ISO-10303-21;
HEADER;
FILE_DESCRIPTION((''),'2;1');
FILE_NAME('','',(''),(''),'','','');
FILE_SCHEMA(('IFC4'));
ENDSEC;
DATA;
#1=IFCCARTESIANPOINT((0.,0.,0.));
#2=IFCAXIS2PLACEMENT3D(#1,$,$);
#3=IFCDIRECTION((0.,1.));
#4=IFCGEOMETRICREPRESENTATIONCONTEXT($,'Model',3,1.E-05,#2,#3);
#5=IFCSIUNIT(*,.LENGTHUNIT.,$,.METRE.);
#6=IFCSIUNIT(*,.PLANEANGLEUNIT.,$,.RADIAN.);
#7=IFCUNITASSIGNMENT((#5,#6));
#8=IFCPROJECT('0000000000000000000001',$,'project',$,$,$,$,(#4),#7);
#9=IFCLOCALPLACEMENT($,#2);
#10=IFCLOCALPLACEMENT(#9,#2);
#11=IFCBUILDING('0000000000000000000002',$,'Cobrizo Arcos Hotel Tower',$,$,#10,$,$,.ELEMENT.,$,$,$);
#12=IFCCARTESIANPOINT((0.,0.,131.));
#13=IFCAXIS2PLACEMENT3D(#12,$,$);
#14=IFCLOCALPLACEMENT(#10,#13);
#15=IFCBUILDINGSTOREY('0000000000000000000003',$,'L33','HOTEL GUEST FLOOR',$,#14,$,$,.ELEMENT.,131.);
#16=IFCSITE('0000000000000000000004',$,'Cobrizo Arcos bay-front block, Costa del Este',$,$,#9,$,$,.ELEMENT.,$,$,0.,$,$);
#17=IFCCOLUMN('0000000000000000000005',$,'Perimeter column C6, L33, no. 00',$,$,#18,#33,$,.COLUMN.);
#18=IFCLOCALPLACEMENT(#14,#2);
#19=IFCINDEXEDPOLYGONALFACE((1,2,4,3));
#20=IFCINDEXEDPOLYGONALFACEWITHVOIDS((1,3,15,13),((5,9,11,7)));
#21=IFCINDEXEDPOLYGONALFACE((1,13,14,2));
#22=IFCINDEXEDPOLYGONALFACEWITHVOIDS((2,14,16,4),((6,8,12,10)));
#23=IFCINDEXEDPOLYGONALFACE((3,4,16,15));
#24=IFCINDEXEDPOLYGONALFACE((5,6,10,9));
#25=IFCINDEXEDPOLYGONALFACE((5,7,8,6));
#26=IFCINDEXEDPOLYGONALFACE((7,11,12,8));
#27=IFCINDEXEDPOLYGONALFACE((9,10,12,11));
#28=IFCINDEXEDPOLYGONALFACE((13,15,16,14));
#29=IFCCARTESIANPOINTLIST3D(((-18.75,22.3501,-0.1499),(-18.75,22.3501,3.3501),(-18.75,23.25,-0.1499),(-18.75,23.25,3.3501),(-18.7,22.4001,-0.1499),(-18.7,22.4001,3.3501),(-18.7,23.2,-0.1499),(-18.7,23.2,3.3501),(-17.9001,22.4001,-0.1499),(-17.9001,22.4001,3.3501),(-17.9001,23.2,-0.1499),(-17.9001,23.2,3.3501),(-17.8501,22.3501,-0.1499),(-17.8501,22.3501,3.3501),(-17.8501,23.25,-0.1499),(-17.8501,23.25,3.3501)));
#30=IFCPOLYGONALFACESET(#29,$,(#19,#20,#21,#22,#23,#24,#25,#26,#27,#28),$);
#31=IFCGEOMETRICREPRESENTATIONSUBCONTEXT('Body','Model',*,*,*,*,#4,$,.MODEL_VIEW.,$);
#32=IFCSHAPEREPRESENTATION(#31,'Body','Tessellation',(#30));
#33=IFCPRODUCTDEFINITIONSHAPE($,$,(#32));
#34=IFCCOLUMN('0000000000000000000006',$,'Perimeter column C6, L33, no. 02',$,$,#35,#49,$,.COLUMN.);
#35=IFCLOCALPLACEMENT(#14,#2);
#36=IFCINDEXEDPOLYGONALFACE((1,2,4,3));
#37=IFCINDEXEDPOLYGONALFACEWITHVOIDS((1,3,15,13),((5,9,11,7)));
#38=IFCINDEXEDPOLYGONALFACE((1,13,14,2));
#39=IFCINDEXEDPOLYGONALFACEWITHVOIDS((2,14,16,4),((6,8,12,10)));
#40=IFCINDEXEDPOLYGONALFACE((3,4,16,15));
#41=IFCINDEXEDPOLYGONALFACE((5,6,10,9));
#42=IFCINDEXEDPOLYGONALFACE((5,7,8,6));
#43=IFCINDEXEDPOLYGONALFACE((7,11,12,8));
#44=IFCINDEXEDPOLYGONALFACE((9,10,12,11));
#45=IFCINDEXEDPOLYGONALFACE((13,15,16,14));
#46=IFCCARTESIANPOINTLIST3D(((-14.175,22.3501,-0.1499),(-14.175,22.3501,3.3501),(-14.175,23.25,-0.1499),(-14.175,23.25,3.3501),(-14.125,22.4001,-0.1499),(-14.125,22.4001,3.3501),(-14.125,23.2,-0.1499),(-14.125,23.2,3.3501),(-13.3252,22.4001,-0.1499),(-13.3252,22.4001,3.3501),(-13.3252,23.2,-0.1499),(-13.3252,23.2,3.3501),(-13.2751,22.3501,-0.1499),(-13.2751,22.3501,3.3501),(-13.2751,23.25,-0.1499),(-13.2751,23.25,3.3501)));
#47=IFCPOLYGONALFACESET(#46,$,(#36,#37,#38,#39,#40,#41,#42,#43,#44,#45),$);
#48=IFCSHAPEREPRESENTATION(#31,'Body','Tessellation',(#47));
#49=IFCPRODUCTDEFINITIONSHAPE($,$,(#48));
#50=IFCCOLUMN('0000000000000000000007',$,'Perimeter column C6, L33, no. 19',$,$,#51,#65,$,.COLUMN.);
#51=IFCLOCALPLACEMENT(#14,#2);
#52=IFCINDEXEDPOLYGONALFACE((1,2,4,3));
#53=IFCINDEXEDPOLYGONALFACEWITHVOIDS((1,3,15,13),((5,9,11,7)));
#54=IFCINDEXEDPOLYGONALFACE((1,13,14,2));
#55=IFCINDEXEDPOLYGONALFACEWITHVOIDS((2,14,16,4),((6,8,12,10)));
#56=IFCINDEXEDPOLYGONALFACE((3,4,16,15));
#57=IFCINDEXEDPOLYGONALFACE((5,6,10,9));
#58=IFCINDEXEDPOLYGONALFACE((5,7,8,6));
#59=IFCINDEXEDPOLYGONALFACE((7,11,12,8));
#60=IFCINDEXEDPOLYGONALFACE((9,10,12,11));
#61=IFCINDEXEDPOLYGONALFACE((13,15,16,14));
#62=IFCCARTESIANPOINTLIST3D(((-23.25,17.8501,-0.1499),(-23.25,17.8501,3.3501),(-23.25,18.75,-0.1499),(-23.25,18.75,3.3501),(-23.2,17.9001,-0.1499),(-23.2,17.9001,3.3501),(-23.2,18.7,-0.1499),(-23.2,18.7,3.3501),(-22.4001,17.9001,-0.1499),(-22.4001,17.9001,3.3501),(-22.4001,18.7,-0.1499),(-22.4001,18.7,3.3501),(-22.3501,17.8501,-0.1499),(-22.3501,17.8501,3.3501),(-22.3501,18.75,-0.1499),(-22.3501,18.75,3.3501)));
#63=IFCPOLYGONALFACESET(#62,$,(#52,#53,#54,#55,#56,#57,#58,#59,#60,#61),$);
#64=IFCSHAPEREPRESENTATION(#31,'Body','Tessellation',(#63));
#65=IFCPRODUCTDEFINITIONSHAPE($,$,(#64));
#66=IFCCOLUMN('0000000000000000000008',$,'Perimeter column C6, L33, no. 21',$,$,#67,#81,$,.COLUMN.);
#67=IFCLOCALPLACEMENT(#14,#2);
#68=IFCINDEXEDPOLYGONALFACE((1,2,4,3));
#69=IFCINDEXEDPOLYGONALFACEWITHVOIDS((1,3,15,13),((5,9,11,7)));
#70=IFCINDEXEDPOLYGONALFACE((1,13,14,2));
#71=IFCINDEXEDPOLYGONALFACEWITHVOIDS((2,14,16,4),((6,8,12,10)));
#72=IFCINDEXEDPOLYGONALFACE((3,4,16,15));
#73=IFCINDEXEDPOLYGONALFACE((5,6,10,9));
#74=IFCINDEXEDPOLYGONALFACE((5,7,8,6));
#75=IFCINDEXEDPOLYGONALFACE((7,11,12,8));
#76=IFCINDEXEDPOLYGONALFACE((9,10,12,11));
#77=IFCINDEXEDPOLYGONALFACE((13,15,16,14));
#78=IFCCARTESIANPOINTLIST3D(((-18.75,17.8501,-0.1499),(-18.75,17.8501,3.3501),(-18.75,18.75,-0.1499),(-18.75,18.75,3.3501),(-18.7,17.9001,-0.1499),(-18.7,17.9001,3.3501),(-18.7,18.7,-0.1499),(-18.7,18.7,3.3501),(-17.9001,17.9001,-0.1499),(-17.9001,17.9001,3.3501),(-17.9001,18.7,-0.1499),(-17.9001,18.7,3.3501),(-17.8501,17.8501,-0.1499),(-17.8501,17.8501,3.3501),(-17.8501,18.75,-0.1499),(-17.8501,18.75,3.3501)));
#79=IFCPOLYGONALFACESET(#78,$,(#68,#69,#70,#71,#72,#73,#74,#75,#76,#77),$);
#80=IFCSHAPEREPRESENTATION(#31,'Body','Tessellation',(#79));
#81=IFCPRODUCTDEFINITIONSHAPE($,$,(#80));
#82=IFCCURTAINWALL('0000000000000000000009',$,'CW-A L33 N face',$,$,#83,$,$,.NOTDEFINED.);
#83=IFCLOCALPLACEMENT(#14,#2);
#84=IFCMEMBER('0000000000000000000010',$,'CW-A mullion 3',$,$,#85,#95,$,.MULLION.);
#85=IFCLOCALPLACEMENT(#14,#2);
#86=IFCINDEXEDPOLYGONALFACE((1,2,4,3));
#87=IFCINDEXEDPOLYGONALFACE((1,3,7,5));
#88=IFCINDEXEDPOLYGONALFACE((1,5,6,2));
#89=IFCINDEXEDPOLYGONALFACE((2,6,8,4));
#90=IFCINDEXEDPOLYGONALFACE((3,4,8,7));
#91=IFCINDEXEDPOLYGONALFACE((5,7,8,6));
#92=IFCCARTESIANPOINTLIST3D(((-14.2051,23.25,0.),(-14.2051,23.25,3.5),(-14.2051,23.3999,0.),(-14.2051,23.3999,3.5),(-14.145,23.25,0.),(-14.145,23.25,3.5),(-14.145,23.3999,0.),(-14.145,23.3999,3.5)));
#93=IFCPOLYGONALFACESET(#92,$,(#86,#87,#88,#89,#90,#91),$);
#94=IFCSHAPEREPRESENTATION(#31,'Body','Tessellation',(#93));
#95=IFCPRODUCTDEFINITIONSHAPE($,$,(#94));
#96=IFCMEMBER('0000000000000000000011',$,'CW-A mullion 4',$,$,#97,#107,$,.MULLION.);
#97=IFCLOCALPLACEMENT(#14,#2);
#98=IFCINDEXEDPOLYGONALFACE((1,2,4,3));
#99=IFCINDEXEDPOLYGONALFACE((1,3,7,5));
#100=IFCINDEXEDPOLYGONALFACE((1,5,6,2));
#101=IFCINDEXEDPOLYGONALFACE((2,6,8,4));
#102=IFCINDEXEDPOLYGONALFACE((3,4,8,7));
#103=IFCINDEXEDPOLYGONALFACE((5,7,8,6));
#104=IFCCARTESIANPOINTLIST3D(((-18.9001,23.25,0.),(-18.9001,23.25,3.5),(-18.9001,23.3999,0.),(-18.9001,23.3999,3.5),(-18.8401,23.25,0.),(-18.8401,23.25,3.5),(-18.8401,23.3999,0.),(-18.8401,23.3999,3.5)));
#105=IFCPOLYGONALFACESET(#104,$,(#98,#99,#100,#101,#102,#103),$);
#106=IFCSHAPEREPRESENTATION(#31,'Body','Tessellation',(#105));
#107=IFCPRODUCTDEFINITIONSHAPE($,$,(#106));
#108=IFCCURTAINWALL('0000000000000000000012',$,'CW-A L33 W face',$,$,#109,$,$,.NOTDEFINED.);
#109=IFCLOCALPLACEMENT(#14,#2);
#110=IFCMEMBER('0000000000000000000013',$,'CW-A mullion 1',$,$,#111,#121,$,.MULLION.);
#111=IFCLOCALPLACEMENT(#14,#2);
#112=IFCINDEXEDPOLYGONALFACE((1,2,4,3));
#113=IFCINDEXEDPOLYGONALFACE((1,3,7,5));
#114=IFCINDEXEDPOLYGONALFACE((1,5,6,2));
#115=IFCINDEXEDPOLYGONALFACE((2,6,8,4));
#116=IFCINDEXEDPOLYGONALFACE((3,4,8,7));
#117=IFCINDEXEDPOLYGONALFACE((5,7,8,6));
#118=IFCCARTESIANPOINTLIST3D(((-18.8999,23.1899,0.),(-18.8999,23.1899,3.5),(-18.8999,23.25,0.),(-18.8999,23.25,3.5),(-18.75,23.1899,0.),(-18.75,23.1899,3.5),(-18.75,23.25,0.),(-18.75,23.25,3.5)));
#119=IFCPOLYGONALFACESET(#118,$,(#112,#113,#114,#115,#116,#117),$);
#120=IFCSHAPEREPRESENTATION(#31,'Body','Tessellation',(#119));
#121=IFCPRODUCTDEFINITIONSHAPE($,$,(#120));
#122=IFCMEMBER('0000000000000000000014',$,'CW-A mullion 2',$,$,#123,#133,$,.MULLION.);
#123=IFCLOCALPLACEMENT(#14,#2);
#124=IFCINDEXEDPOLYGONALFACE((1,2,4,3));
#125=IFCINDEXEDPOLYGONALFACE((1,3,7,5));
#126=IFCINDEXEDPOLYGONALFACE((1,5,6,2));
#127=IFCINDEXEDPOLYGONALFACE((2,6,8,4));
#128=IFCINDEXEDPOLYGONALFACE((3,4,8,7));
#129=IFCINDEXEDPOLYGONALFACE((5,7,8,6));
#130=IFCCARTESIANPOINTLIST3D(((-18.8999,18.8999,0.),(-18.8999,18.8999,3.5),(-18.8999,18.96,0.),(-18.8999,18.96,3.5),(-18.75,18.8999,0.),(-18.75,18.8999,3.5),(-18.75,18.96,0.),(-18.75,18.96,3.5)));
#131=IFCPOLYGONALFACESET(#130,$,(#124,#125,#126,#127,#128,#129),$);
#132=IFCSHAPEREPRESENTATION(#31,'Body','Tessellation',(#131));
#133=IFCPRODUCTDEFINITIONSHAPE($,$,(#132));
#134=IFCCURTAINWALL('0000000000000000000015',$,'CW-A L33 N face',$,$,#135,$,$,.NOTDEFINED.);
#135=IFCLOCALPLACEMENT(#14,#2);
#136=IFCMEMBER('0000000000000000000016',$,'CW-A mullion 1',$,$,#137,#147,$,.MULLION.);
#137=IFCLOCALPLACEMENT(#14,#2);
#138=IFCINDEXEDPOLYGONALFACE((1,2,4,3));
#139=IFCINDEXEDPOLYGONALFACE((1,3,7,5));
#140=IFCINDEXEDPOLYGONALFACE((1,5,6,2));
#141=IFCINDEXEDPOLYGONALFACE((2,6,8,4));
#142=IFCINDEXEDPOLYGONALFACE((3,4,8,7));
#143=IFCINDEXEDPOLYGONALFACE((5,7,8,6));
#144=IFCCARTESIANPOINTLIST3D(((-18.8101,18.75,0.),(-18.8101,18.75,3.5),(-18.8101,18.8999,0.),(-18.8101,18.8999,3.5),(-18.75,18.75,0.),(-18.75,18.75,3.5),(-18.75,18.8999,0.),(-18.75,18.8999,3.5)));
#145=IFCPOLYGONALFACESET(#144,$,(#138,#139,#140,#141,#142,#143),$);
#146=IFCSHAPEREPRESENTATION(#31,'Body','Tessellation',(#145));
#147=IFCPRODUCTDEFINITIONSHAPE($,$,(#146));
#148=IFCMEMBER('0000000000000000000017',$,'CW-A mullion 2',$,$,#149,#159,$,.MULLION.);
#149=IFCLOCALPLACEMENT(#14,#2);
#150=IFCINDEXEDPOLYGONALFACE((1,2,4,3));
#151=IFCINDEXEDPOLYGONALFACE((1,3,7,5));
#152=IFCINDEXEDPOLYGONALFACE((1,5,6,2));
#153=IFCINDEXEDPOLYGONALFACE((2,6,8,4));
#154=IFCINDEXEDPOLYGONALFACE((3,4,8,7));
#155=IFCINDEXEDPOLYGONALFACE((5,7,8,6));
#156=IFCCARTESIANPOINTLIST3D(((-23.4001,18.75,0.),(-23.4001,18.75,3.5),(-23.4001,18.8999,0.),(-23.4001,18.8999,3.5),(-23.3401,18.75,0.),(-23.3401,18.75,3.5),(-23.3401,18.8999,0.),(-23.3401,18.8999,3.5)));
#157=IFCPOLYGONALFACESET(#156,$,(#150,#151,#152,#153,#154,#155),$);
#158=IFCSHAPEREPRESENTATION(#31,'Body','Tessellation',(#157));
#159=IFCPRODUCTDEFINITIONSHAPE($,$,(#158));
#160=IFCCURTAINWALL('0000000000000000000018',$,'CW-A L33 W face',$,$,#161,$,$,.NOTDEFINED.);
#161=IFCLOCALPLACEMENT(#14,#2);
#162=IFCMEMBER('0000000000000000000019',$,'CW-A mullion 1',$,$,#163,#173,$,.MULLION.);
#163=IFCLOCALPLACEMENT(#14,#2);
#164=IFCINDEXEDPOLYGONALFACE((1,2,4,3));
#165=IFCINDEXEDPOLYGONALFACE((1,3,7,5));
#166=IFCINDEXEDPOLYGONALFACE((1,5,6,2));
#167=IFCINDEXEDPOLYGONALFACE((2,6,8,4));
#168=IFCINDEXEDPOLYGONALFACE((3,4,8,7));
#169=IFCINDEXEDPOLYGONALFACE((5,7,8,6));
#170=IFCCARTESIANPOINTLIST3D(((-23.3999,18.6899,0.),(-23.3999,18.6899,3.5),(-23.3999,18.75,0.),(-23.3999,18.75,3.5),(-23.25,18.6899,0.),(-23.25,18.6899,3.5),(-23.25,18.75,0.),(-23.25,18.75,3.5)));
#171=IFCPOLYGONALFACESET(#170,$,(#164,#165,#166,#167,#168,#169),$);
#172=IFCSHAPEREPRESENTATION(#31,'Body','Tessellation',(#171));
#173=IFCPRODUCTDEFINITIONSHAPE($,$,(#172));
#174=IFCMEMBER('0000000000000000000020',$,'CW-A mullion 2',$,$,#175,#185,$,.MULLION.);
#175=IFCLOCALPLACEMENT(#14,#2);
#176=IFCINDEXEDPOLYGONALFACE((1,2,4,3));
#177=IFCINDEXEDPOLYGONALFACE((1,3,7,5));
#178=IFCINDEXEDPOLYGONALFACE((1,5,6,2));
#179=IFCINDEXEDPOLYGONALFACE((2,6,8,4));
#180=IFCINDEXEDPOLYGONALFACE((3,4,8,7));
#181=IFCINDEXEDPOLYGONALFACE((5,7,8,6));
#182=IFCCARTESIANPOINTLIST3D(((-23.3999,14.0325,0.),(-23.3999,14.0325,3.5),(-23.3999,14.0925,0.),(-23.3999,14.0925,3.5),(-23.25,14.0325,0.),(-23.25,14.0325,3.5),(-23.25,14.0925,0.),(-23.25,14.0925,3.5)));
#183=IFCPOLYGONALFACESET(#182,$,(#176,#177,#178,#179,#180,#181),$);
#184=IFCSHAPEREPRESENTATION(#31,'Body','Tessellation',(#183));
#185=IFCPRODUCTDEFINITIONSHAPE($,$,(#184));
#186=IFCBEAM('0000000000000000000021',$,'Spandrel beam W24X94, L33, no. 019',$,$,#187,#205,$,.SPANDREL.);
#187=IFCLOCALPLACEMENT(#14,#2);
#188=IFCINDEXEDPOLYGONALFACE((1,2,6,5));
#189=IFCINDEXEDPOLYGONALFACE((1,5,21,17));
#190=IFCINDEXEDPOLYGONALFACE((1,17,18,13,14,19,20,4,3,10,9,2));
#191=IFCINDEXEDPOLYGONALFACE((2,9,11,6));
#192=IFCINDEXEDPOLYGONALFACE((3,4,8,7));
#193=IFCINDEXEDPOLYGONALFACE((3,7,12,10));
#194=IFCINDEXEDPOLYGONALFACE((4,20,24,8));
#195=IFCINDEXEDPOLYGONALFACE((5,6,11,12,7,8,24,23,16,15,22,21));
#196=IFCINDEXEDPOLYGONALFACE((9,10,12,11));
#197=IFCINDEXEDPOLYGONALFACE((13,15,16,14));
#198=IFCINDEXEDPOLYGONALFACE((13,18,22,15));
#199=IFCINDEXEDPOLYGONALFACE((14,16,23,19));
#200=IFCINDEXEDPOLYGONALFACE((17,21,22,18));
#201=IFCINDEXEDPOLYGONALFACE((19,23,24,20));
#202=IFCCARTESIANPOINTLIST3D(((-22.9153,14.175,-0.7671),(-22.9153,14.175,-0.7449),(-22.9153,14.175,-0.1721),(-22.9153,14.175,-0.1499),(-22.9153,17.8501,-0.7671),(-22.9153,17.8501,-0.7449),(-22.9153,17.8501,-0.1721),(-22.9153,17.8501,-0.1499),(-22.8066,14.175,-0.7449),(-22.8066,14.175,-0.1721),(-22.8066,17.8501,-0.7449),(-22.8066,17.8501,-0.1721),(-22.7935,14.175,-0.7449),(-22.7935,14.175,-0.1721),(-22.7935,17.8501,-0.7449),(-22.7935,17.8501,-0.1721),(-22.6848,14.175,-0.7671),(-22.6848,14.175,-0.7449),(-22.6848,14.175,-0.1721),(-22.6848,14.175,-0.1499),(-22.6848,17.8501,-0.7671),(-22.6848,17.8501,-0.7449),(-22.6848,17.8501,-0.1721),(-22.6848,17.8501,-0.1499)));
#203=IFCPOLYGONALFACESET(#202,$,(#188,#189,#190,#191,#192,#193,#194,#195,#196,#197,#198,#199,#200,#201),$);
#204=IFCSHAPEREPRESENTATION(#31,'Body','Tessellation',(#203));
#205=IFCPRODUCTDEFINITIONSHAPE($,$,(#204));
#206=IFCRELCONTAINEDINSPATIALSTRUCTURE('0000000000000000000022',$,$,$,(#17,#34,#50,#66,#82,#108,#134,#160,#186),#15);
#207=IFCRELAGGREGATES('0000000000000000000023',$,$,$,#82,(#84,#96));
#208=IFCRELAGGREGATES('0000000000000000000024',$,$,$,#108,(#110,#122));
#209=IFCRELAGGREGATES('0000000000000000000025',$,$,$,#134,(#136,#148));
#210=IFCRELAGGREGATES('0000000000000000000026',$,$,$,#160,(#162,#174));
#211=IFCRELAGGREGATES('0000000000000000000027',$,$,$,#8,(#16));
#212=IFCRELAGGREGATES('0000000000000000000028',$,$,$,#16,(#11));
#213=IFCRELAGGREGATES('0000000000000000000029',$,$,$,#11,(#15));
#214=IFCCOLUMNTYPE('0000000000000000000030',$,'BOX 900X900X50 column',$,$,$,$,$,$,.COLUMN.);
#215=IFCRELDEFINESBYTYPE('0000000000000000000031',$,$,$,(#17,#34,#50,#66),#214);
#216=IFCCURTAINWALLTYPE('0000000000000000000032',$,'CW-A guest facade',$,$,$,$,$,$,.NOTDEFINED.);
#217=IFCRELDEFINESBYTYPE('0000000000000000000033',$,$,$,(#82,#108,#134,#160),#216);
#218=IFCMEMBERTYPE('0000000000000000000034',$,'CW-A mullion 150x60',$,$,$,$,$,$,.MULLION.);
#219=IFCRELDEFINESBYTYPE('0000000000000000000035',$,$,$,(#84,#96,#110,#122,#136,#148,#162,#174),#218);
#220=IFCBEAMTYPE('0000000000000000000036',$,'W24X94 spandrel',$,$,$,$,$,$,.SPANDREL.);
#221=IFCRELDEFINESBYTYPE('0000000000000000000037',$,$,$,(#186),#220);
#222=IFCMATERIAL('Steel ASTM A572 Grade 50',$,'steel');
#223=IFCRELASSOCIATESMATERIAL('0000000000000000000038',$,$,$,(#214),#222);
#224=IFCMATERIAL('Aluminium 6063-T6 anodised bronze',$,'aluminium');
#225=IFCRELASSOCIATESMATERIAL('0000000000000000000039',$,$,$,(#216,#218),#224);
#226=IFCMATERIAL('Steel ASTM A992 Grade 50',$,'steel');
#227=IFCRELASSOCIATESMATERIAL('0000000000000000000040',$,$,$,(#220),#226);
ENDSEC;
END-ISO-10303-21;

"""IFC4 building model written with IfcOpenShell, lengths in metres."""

from ifc_helpers import new_model, si_unit, direction, frame, origin, origin_2d, place, context, subcontext, project, spatial, rectangle, hollow_rectangle, i_section, extrude, material, material_profile, profile_set, type_object, element, aggregate, save


model = new_model("IFC4")

# Units and contexts
model_context = context("Model", 3, precision=1e-05, world=origin(), true_north=direction((0.0, 1.0)))
body_context = subcontext(model_context, "Body", "Model", "MODEL_VIEW")
ifc_project = project(units=[si_unit("LENGTHUNIT", "METRE"), si_unit("PLANEANGLEUNIT", "RADIAN")], contexts=[model_context])

# Site, building, storey
site_placement = place(None, origin())
site = spatial("IfcSite", under=ifc_project, at=site_placement, Name="Cobrizo Arcos bay-front block, Costa del Este", CompositionType="ELEMENT", RefElevation=0.0)
building_placement = place(site_placement, origin())
building = spatial("IfcBuilding", under=site, at=building_placement, Name="Cobrizo Arcos Hotel Tower", CompositionType="ELEMENT")
storey_placement = place(building_placement, frame((0.0, 0.0, 131.0)))
storey = spatial("IfcBuildingStorey", under=building, at=storey_placement, Name="L33", Description="HOTEL GUEST FLOOR", CompositionType="ELEMENT", Elevation=131.0)

# Columns
ifc_material_1 = material(Name="Steel ASTM A572 Grade 50", Category="steel")
ifc_material_profile_1 = material_profile(ifc_material_1, hollow_rectangle(XDim=0.8999, YDim=0.8999, WallThickness=0.05, at=origin_2d()), Name="BOX 900X900X50")
ifc_profile_set_1 = profile_set([ifc_material_profile_1], Name="Steel ASTM A572 Grade 50")
column_type = type_object("IfcColumnType", Name="BOX 900X900X50 column", PredefinedType="COLUMN", material=ifc_profile_set_1)
for number, where, z_axis, x_axis, name in (
    (1, (-18.3, 22.8, -0.1499), (0.0, 0.0, 1.0), (1.0, 0.0, 0.0), "Perimeter column C6, L33, no. 00"),
    (2, (-13.7251, 22.8, -0.1499), (0.0, 0.0, 1.0), (1.0, 0.0, 0.0), "Perimeter column C6, L33, no. 02"),
    (3, (-22.8, 18.3, -0.1499), (0.0, 0.0, 1.0), (1.0, 0.0, 0.0), "Perimeter column C6, L33, no. 19"),
    (4, (-18.3, 18.3, -0.1499), (0.0, 0.0, 1.0), (1.0, 0.0, 0.0), "Perimeter column C6, L33, no. 21"),
):
    element("IfcColumn", number, at=place(storey_placement, frame(where, z_axis=z_axis, x_axis=x_axis)), inside=storey, type_object=column_type, Name=name, PredefinedType="COLUMN", context=body_context, shape_type="SweptSolid", body=[
        extrude(hollow_rectangle(XDim=0.8999, YDim=0.8999, WallThickness=0.05, at=origin_2d()), origin(), (0.0, 0.0, 1.0), 3.5),
    ])

# Curtain walls, members
ifc_material_2 = material(Name="Aluminium 6063-T6 anodised bronze", Category="aluminium")
curtain_wall_type = type_object("IfcCurtainWallType", Name="CW-A guest facade", PredefinedType="NOTDEFINED", material=ifc_material_2)
curtain_wall_1_placement = place(storey_placement, origin())
curtain_wall_1 = element("IfcCurtainWall", 5, at=curtain_wall_1_placement, inside=storey, type_object=curtain_wall_type, Name="CW-A L33 N face", PredefinedType="NOTDEFINED")
ifc_material_profile_2 = material_profile(ifc_material_2, rectangle(XDim=0.1499, YDim=0.0601, at=origin_2d()), Name="CW-A mullion 150x60")
ifc_profile_set_2 = profile_set([ifc_material_profile_2], Name="Aluminium 6063-T6 anodised bronze")
member_type = type_object("IfcMemberType", Name="CW-A mullion 150x60", PredefinedType="MULLION", material=ifc_profile_set_2)
member_1_placement = place(storey_placement, frame((-14.175, 23.325, 0.0), z_axis=(0.0, 0.0, 1.0), x_axis=(0.0, 1.0, 0.0)))
member_1 = element("IfcMember", 6, at=member_1_placement, type_object=member_type, Name="CW-A mullion 3", PredefinedType="MULLION", context=body_context, shape_type="SweptSolid", body=[
    extrude(rectangle(XDim=0.1499, YDim=0.0601, at=origin_2d()), origin(), (0.0, 0.0, 1.0), 3.5),
])
member_2_placement = place(storey_placement, frame((-18.8701, 23.325, 0.0), z_axis=(0.0, 0.0, 1.0), x_axis=(0.0, 1.0, 0.0)))
member_2 = element("IfcMember", 7, at=member_2_placement, type_object=member_type, Name="CW-A mullion 4", PredefinedType="MULLION", context=body_context, shape_type="SweptSolid", body=[
    extrude(rectangle(XDim=0.1499, YDim=0.0601, at=origin_2d()), origin(), (0.0, 0.0, 1.0), 3.5),
])
curtain_wall_2_placement = place(storey_placement, origin())
curtain_wall_2 = element("IfcCurtainWall", 8, at=curtain_wall_2_placement, inside=storey, type_object=curtain_wall_type, Name="CW-A L33 W face", PredefinedType="NOTDEFINED")
member_3_placement = place(storey_placement, frame((-18.825, 23.22, 0.0), z_axis=(0.0, 0.0, 1.0), x_axis=(-1.0, 0.0, 0.0)))
member_3 = element("IfcMember", 9, at=member_3_placement, type_object=member_type, Name="CW-A mullion 1", PredefinedType="MULLION", context=body_context, shape_type="SweptSolid", body=[
    extrude(rectangle(XDim=0.1499, YDim=0.0601, at=origin_2d()), origin(), (0.0, 0.0, 1.0), 3.5),
])
member_4_placement = place(storey_placement, frame((-18.825, 18.9299, 0.0), z_axis=(0.0, 0.0, 1.0), x_axis=(-1.0, 0.0, 0.0)))
member_4 = element("IfcMember", 10, at=member_4_placement, type_object=member_type, Name="CW-A mullion 2", PredefinedType="MULLION", context=body_context, shape_type="SweptSolid", body=[
    extrude(rectangle(XDim=0.1499, YDim=0.0601, at=origin_2d()), origin(), (0.0, 0.0, 1.0), 3.5),
])
curtain_wall_3_placement = place(storey_placement, origin())
curtain_wall_3 = element("IfcCurtainWall", 11, at=curtain_wall_3_placement, inside=storey, type_object=curtain_wall_type, Name="CW-A L33 N face", PredefinedType="NOTDEFINED")
member_5_placement = place(storey_placement, frame((-18.78, 18.825, 0.0), z_axis=(0.0, 0.0, 1.0), x_axis=(0.0, 1.0, 0.0)))
member_5 = element("IfcMember", 12, at=member_5_placement, type_object=member_type, Name="CW-A mullion 1", PredefinedType="MULLION", context=body_context, shape_type="SweptSolid", body=[
    extrude(rectangle(XDim=0.1499, YDim=0.0601, at=origin_2d()), origin(), (0.0, 0.0, 1.0), 3.5),
])
member_6_placement = place(storey_placement, frame((-23.3701, 18.825, 0.0), z_axis=(0.0, 0.0, 1.0), x_axis=(0.0, 1.0, 0.0)))
member_6 = element("IfcMember", 13, at=member_6_placement, type_object=member_type, Name="CW-A mullion 2", PredefinedType="MULLION", context=body_context, shape_type="SweptSolid", body=[
    extrude(rectangle(XDim=0.1499, YDim=0.0601, at=origin_2d()), origin(), (0.0, 0.0, 1.0), 3.5),
])
curtain_wall_4_placement = place(storey_placement, origin())
curtain_wall_4 = element("IfcCurtainWall", 14, at=curtain_wall_4_placement, inside=storey, type_object=curtain_wall_type, Name="CW-A L33 W face", PredefinedType="NOTDEFINED")
member_7_placement = place(storey_placement, frame((-23.325, 18.72, 0.0), z_axis=(0.0, 0.0, 1.0), x_axis=(-1.0, 0.0, 0.0)))
member_7 = element("IfcMember", 15, at=member_7_placement, type_object=member_type, Name="CW-A mullion 1", PredefinedType="MULLION", context=body_context, shape_type="SweptSolid", body=[
    extrude(rectangle(XDim=0.1499, YDim=0.0601, at=origin_2d()), origin(), (0.0, 0.0, 1.0), 3.5),
])
member_8_placement = place(storey_placement, frame((-23.325, 14.0625, 0.0), z_axis=(0.0, 0.0, 1.0), x_axis=(-1.0, 0.0, 0.0)))
member_8 = element("IfcMember", 16, at=member_8_placement, type_object=member_type, Name="CW-A mullion 2", PredefinedType="MULLION", context=body_context, shape_type="SweptSolid", body=[
    extrude(rectangle(XDim=0.1499, YDim=0.0601, at=origin_2d()), origin(), (0.0, 0.0, 1.0), 3.5),
])

# Beam
ifc_material_3 = material(Name="Steel ASTM A992 Grade 50", Category="steel")
ifc_material_profile_3 = material_profile(ifc_material_3, i_section(OverallWidth=0.2305, OverallDepth=0.6172, WebThickness=0.0132, FlangeThickness=0.0222, at=origin_2d()), Name="W24X94")
ifc_profile_set_3 = profile_set([ifc_material_profile_3], Name="Steel ASTM A992 Grade 50")
beam_type = type_object("IfcBeamType", Name="W24X94 spandrel", PredefinedType="SPANDREL", material=ifc_profile_set_3)
beam_1_placement = place(storey_placement, frame((-22.8, 14.175, -0.4585), z_axis=(0.0, 1.0, 0.0), x_axis=(-1.0, 0.0, 0.0)))
element("IfcBeam", 17, at=beam_1_placement, inside=storey, type_object=beam_type, Name="Spandrel beam W24X94, L33, no. 019", PredefinedType="SPANDREL", context=body_context, shape_type="SweptSolid", body=[
    extrude(i_section(OverallWidth=0.2305, OverallDepth=0.6172, WebThickness=0.0132, FlangeThickness=0.0222, at=origin_2d()), origin(), (0.0, 0.0, 1.0), 3.675),
])

aggregate(curtain_wall_1, [member_1, member_2])
aggregate(curtain_wall_2, [member_3, member_4])
aggregate(curtain_wall_3, [member_5, member_6])
aggregate(curtain_wall_4, [member_7, member_8])

save(model, "model.ifc")
